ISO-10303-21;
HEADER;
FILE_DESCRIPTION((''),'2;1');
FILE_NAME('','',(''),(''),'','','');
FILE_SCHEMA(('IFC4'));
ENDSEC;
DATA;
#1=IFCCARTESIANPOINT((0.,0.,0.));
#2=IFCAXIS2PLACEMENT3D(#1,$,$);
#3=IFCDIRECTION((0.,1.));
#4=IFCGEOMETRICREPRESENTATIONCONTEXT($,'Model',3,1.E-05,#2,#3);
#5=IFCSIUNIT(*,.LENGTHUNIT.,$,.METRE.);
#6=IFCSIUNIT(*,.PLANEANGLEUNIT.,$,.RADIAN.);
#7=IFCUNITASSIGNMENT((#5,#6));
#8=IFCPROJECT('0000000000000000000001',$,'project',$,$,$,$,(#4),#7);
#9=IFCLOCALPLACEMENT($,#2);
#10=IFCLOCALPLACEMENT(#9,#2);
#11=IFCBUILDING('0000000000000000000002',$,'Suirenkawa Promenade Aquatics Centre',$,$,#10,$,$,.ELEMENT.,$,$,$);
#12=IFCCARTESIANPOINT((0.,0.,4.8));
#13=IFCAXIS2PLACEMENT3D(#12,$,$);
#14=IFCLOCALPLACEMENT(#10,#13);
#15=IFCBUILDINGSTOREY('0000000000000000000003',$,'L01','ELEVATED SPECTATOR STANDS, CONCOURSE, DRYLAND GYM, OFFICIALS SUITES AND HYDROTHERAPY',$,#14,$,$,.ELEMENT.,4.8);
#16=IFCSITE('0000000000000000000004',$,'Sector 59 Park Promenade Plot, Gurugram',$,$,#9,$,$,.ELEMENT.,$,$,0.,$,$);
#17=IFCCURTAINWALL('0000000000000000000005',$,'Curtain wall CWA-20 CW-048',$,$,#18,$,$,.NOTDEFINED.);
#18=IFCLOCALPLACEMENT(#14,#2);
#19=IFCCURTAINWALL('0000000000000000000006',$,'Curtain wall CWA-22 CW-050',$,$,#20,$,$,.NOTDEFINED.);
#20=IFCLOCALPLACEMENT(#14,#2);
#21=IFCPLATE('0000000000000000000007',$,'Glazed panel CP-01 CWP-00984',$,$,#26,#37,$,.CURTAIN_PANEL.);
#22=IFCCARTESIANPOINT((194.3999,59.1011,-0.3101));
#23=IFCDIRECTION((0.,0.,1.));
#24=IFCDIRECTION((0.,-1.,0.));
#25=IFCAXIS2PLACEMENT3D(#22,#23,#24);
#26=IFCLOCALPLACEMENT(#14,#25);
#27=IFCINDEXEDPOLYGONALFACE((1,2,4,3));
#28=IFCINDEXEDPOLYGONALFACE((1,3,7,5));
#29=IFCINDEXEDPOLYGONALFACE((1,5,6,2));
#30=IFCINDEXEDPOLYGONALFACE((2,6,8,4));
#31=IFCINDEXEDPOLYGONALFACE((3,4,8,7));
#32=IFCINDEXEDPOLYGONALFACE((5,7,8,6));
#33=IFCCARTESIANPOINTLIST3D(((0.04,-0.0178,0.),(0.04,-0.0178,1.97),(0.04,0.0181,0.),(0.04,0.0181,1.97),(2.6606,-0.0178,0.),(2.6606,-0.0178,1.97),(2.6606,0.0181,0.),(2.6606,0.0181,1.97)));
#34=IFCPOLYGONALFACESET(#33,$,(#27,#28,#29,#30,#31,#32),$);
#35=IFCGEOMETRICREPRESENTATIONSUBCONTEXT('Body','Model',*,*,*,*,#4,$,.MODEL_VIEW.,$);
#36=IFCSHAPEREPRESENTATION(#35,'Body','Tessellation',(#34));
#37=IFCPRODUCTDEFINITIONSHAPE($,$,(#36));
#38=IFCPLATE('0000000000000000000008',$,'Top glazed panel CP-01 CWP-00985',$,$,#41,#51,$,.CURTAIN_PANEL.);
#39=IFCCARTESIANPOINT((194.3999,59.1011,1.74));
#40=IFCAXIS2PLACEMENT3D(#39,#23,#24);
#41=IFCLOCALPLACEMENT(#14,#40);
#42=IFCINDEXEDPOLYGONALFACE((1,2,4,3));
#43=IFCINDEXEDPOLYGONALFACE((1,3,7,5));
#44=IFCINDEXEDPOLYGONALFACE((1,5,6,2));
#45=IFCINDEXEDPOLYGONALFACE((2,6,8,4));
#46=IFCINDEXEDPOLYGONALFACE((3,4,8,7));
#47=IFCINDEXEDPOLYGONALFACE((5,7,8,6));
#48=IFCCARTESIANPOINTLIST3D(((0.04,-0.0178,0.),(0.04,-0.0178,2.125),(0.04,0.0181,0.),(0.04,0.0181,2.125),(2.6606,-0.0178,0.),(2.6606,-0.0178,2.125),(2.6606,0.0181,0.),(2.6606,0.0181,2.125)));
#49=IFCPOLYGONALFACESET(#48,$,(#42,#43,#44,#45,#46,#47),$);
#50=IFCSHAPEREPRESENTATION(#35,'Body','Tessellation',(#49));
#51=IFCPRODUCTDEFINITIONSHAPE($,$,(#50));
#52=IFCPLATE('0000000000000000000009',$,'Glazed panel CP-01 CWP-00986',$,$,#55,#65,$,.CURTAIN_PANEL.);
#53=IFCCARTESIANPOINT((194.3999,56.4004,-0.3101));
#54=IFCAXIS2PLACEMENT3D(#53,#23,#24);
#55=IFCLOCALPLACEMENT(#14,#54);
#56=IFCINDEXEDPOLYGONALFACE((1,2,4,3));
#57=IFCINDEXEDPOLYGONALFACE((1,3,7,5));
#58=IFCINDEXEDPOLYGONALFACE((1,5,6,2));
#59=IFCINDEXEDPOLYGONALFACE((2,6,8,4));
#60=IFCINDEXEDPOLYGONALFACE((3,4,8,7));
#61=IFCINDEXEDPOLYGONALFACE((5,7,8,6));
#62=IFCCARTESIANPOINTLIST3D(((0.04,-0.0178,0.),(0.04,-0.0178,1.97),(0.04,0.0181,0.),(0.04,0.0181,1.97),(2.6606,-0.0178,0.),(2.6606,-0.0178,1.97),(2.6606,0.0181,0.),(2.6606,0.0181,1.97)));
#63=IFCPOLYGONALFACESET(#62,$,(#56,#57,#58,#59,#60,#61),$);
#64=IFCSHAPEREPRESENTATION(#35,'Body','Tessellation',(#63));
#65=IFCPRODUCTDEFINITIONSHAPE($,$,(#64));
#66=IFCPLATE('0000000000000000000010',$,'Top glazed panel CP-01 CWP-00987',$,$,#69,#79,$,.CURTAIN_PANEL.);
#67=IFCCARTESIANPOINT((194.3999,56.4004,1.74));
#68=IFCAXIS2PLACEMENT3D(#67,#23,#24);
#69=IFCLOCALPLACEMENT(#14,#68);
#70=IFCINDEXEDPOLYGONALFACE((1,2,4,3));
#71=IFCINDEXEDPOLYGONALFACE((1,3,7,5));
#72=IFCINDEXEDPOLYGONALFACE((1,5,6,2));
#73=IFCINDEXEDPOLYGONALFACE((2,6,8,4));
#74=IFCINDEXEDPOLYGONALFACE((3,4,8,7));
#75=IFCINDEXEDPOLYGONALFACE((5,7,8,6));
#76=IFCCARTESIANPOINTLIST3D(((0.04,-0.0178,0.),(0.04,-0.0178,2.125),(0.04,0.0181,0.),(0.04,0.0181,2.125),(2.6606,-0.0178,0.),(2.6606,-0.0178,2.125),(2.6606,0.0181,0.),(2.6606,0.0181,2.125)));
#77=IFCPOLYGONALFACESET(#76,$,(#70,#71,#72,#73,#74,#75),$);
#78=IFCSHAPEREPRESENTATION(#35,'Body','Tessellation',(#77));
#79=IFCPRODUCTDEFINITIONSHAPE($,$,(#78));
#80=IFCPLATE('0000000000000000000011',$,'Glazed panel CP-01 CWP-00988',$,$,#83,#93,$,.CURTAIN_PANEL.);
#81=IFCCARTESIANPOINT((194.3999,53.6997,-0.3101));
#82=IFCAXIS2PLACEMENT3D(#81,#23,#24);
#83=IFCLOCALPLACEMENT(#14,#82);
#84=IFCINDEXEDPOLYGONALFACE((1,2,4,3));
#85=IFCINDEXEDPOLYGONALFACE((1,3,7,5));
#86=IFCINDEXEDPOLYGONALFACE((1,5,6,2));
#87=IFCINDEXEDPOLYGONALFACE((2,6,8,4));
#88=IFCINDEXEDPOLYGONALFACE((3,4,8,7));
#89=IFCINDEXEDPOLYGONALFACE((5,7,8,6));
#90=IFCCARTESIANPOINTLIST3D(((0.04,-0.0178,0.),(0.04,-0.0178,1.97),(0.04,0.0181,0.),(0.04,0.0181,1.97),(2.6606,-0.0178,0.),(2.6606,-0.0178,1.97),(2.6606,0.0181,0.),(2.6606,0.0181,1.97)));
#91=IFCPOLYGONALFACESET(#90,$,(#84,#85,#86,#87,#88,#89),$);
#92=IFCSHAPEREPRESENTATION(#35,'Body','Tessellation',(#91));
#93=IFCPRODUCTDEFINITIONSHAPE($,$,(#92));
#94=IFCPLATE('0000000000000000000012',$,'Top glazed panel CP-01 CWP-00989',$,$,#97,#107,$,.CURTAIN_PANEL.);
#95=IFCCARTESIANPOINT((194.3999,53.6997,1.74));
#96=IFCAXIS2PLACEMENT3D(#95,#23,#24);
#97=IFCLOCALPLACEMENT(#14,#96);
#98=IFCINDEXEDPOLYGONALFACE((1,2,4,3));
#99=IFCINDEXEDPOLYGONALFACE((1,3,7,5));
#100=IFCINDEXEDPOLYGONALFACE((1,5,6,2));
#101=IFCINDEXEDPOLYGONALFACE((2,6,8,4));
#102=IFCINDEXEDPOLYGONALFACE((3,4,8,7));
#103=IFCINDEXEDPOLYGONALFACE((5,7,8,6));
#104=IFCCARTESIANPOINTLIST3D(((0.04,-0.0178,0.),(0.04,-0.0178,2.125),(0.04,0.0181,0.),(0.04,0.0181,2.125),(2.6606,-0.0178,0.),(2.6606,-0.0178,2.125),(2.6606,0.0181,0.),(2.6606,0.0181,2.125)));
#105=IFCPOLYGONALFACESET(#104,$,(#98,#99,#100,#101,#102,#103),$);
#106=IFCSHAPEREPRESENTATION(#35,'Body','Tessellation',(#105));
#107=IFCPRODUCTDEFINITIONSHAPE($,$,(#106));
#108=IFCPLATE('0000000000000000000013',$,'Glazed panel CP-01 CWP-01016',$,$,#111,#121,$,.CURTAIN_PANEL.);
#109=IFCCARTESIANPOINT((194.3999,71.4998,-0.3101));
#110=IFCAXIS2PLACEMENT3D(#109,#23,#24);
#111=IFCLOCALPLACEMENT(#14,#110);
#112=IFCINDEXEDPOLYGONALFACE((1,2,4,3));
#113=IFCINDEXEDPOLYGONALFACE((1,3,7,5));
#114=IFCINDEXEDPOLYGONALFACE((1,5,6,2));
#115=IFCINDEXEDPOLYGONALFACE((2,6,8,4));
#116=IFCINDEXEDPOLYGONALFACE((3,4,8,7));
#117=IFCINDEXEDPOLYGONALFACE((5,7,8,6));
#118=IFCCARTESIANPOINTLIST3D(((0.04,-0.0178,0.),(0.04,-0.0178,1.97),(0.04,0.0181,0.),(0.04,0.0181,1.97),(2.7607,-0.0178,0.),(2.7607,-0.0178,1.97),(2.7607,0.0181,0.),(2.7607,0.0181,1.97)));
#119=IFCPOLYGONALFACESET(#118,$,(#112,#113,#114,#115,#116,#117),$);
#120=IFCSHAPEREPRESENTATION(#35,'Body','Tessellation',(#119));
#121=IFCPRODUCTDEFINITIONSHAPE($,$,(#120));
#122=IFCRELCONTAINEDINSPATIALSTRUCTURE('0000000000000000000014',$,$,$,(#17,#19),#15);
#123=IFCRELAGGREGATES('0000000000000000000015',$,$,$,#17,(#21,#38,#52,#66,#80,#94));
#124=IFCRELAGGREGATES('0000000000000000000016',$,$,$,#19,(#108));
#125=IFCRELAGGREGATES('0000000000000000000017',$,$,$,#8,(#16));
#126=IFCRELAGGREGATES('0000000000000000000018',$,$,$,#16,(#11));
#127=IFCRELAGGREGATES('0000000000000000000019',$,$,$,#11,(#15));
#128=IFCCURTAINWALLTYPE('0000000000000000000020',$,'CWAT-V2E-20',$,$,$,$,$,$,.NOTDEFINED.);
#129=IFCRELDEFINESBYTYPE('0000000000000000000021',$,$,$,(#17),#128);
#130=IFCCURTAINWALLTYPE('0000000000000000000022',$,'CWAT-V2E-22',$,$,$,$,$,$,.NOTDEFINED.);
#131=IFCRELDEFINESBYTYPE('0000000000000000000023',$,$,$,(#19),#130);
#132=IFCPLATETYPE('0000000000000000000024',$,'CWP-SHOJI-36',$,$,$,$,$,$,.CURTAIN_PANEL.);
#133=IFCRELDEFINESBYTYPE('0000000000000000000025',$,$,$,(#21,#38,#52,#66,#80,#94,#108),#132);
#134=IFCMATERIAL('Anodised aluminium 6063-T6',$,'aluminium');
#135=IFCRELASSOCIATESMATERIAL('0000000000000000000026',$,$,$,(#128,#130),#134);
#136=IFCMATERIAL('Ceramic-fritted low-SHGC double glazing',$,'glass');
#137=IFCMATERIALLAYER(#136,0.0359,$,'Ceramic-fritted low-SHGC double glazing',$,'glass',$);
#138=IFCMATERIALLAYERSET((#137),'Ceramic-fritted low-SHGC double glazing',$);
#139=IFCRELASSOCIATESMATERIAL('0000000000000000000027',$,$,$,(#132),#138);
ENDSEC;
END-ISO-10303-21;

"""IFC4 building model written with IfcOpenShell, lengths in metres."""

from ifc_helpers import new_model, si_unit, direction, frame, origin, place, context, subcontext, project, spatial, polyline, outline, extrude, material, layer, layer_set, type_object, element, aggregate, save


model = new_model("IFC4")

# Units and contexts
model_context = context("Model", 3, precision=1e-05, world=origin(), true_north=direction((0.0, 1.0)))
body_context = subcontext(model_context, "Body", "Model", "MODEL_VIEW")
ifc_project = project(units=[si_unit("LENGTHUNIT", "METRE"), si_unit("PLANEANGLEUNIT", "RADIAN")], contexts=[model_context])

# Site, building, storey
site_placement = place(None, origin())
site = spatial("IfcSite", under=ifc_project, at=site_placement, Name="Sector 59 Park Promenade Plot, Gurugram", CompositionType="ELEMENT", RefElevation=0.0)
building_placement = place(site_placement, origin())
building = spatial("IfcBuilding", under=site, at=building_placement, Name="Suirenkawa Promenade Aquatics Centre", CompositionType="ELEMENT")
storey_placement = place(building_placement, frame((0.0, 0.0, 4.8)))
storey = spatial("IfcBuildingStorey", under=building, at=storey_placement, Name="L01", Description="ELEVATED SPECTATOR STANDS, CONCOURSE, DRYLAND GYM, OFFICIALS SUITES AND HYDROTHERAPY", CompositionType="ELEMENT", Elevation=4.8)

# Curtain walls
ifc_material_1 = material(Name="Anodised aluminium 6063-T6", Category="aluminium")
curtain_wall_type_1 = type_object("IfcCurtainWallType", Name="CWAT-V2E-20", PredefinedType="NOTDEFINED", material=ifc_material_1)
curtain_wall_1_placement = place(storey_placement, origin())
curtain_wall_1 = element("IfcCurtainWall", 1, at=curtain_wall_1_placement, inside=storey, type_object=curtain_wall_type_1, Name="Curtain wall CWA-20 CW-048", PredefinedType="NOTDEFINED")
curtain_wall_type_2 = type_object("IfcCurtainWallType", Name="CWAT-V2E-22", PredefinedType="NOTDEFINED", material=ifc_material_1)
curtain_wall_2_placement = place(storey_placement, origin())
curtain_wall_2 = element("IfcCurtainWall", 2, at=curtain_wall_2_placement, inside=storey, type_object=curtain_wall_type_2, Name="Curtain wall CWA-22 CW-050", PredefinedType="NOTDEFINED")

# Plates
ifc_material_2 = material(Name="Ceramic-fritted low-SHGC double glazing", Category="glass")
ifc_layer = layer(ifc_material_2, 0.0359, Name="Ceramic-fritted low-SHGC double glazing", Category="glass")
ifc_layer_set = layer_set([ifc_layer], Name="Ceramic-fritted low-SHGC double glazing")
plate_type = type_object("IfcPlateType", Name="CWP-SHOJI-36", PredefinedType="CURTAIN_PANEL", material=ifc_layer_set)
plate_1_placement = place(storey_placement, frame((194.3999, 59.1011, -0.3101), z_axis=(0.0, 0.0, 1.0), x_axis=(0.0, -1.0, 0.0)))
plate_1 = element("IfcPlate", 3, at=plate_1_placement, type_object=plate_type, Name="Glazed panel CP-01 CWP-00984", PredefinedType="CURTAIN_PANEL", context=body_context, shape_type="SweptSolid", body=[
    extrude(outline(polyline([(0.04, 0.0), (2.6606, 0.0), (2.6606, 1.97), (0.04, 1.97), (0.04, 0.0)])), frame((0.0, 0.0181, 0.0), z_axis=(0.0, -1.0, 0.0), x_axis=(1.0, 0.0, 0.0)), (0.0, 0.0, 1.0), 0.0359),
])
plate_2_placement = place(storey_placement, frame((194.3999, 59.1011, 1.74), z_axis=(0.0, 0.0, 1.0), x_axis=(0.0, -1.0, 0.0)))
plate_2 = element("IfcPlate", 4, at=plate_2_placement, type_object=plate_type, Name="Top glazed panel CP-01 CWP-00985", PredefinedType="CURTAIN_PANEL", context=body_context, shape_type="SweptSolid", body=[
    extrude(outline(polyline([(0.04, 0.0), (2.6606, 0.0), (2.6606, 2.125), (0.04, 2.125), (0.04, 0.0)])), frame((0.0, 0.0181, 0.0), z_axis=(0.0, -1.0, 0.0), x_axis=(1.0, 0.0, 0.0)), (0.0, 0.0, 1.0), 0.0359),
])
plate_3_placement = place(storey_placement, frame((194.3999, 56.4004, -0.3101), z_axis=(0.0, 0.0, 1.0), x_axis=(0.0, -1.0, 0.0)))
plate_3 = element("IfcPlate", 5, at=plate_3_placement, type_object=plate_type, Name="Glazed panel CP-01 CWP-00986", PredefinedType="CURTAIN_PANEL", context=body_context, shape_type="SweptSolid", body=[
    extrude(outline(polyline([(0.04, 0.0), (2.6606, 0.0), (2.6606, 1.97), (0.04, 1.97), (0.04, 0.0)])), frame((0.0, 0.0181, 0.0), z_axis=(0.0, -1.0, 0.0), x_axis=(1.0, 0.0, 0.0)), (0.0, 0.0, 1.0), 0.0359),
])
plate_4_placement = place(storey_placement, frame((194.3999, 56.4004, 1.74), z_axis=(0.0, 0.0, 1.0), x_axis=(0.0, -1.0, 0.0)))
plate_4 = element("IfcPlate", 6, at=plate_4_placement, type_object=plate_type, Name="Top glazed panel CP-01 CWP-00987", PredefinedType="CURTAIN_PANEL", context=body_context, shape_type="SweptSolid", body=[
    extrude(outline(polyline([(0.04, 0.0), (2.6606, 0.0), (2.6606, 2.125), (0.04, 2.125), (0.04, 0.0)])), frame((0.0, 0.0181, 0.0), z_axis=(0.0, -1.0, 0.0), x_axis=(1.0, 0.0, 0.0)), (0.0, 0.0, 1.0), 0.0359),
])
plate_5_placement = place(storey_placement, frame((194.3999, 53.6997, -0.3101), z_axis=(0.0, 0.0, 1.0), x_axis=(0.0, -1.0, 0.0)))
plate_5 = element("IfcPlate", 7, at=plate_5_placement, type_object=plate_type, Name="Glazed panel CP-01 CWP-00988", PredefinedType="CURTAIN_PANEL", context=body_context, shape_type="SweptSolid", body=[
    extrude(outline(polyline([(0.04, 0.0), (2.6606, 0.0), (2.6606, 1.97), (0.04, 1.97), (0.04, 0.0)])), frame((0.0, 0.0181, 0.0), z_axis=(0.0, -1.0, 0.0), x_axis=(1.0, 0.0, 0.0)), (0.0, 0.0, 1.0), 0.0359),
])
plate_6_placement = place(storey_placement, frame((194.3999, 53.6997, 1.74), z_axis=(0.0, 0.0, 1.0), x_axis=(0.0, -1.0, 0.0)))
plate_6 = element("IfcPlate", 8, at=plate_6_placement, type_object=plate_type, Name="Top glazed panel CP-01 CWP-00989", PredefinedType="CURTAIN_PANEL", context=body_context, shape_type="SweptSolid", body=[
    extrude(outline(polyline([(0.04, 0.0), (2.6606, 0.0), (2.6606, 2.125), (0.04, 2.125), (0.04, 0.0)])), frame((0.0, 0.0181, 0.0), z_axis=(0.0, -1.0, 0.0), x_axis=(1.0, 0.0, 0.0)), (0.0, 0.0, 1.0), 0.0359),
])
aggregate(curtain_wall_1, [plate_1, plate_2, plate_3, plate_4, plate_5, plate_6])
plate_7_placement = place(storey_placement, frame((194.3999, 71.4998, -0.3101), z_axis=(0.0, 0.0, 1.0), x_axis=(0.0, -1.0, 0.0)))
plate_7 = element("IfcPlate", 9, at=plate_7_placement, type_object=plate_type, Name="Glazed panel CP-01 CWP-01016", PredefinedType="CURTAIN_PANEL", context=body_context, shape_type="SweptSolid", body=[
    extrude(outline(polyline([(0.04, 0.0), (2.7607, 0.0), (2.7607, 1.97), (0.04, 1.97), (0.04, 0.0)])), frame((0.0, 0.0181, 0.0), z_axis=(0.0, -1.0, 0.0), x_axis=(1.0, 0.0, 0.0)), (0.0, 0.0, 1.0), 0.0359),
])
aggregate(curtain_wall_2, [plate_7])

save(model, "model.ifc")
